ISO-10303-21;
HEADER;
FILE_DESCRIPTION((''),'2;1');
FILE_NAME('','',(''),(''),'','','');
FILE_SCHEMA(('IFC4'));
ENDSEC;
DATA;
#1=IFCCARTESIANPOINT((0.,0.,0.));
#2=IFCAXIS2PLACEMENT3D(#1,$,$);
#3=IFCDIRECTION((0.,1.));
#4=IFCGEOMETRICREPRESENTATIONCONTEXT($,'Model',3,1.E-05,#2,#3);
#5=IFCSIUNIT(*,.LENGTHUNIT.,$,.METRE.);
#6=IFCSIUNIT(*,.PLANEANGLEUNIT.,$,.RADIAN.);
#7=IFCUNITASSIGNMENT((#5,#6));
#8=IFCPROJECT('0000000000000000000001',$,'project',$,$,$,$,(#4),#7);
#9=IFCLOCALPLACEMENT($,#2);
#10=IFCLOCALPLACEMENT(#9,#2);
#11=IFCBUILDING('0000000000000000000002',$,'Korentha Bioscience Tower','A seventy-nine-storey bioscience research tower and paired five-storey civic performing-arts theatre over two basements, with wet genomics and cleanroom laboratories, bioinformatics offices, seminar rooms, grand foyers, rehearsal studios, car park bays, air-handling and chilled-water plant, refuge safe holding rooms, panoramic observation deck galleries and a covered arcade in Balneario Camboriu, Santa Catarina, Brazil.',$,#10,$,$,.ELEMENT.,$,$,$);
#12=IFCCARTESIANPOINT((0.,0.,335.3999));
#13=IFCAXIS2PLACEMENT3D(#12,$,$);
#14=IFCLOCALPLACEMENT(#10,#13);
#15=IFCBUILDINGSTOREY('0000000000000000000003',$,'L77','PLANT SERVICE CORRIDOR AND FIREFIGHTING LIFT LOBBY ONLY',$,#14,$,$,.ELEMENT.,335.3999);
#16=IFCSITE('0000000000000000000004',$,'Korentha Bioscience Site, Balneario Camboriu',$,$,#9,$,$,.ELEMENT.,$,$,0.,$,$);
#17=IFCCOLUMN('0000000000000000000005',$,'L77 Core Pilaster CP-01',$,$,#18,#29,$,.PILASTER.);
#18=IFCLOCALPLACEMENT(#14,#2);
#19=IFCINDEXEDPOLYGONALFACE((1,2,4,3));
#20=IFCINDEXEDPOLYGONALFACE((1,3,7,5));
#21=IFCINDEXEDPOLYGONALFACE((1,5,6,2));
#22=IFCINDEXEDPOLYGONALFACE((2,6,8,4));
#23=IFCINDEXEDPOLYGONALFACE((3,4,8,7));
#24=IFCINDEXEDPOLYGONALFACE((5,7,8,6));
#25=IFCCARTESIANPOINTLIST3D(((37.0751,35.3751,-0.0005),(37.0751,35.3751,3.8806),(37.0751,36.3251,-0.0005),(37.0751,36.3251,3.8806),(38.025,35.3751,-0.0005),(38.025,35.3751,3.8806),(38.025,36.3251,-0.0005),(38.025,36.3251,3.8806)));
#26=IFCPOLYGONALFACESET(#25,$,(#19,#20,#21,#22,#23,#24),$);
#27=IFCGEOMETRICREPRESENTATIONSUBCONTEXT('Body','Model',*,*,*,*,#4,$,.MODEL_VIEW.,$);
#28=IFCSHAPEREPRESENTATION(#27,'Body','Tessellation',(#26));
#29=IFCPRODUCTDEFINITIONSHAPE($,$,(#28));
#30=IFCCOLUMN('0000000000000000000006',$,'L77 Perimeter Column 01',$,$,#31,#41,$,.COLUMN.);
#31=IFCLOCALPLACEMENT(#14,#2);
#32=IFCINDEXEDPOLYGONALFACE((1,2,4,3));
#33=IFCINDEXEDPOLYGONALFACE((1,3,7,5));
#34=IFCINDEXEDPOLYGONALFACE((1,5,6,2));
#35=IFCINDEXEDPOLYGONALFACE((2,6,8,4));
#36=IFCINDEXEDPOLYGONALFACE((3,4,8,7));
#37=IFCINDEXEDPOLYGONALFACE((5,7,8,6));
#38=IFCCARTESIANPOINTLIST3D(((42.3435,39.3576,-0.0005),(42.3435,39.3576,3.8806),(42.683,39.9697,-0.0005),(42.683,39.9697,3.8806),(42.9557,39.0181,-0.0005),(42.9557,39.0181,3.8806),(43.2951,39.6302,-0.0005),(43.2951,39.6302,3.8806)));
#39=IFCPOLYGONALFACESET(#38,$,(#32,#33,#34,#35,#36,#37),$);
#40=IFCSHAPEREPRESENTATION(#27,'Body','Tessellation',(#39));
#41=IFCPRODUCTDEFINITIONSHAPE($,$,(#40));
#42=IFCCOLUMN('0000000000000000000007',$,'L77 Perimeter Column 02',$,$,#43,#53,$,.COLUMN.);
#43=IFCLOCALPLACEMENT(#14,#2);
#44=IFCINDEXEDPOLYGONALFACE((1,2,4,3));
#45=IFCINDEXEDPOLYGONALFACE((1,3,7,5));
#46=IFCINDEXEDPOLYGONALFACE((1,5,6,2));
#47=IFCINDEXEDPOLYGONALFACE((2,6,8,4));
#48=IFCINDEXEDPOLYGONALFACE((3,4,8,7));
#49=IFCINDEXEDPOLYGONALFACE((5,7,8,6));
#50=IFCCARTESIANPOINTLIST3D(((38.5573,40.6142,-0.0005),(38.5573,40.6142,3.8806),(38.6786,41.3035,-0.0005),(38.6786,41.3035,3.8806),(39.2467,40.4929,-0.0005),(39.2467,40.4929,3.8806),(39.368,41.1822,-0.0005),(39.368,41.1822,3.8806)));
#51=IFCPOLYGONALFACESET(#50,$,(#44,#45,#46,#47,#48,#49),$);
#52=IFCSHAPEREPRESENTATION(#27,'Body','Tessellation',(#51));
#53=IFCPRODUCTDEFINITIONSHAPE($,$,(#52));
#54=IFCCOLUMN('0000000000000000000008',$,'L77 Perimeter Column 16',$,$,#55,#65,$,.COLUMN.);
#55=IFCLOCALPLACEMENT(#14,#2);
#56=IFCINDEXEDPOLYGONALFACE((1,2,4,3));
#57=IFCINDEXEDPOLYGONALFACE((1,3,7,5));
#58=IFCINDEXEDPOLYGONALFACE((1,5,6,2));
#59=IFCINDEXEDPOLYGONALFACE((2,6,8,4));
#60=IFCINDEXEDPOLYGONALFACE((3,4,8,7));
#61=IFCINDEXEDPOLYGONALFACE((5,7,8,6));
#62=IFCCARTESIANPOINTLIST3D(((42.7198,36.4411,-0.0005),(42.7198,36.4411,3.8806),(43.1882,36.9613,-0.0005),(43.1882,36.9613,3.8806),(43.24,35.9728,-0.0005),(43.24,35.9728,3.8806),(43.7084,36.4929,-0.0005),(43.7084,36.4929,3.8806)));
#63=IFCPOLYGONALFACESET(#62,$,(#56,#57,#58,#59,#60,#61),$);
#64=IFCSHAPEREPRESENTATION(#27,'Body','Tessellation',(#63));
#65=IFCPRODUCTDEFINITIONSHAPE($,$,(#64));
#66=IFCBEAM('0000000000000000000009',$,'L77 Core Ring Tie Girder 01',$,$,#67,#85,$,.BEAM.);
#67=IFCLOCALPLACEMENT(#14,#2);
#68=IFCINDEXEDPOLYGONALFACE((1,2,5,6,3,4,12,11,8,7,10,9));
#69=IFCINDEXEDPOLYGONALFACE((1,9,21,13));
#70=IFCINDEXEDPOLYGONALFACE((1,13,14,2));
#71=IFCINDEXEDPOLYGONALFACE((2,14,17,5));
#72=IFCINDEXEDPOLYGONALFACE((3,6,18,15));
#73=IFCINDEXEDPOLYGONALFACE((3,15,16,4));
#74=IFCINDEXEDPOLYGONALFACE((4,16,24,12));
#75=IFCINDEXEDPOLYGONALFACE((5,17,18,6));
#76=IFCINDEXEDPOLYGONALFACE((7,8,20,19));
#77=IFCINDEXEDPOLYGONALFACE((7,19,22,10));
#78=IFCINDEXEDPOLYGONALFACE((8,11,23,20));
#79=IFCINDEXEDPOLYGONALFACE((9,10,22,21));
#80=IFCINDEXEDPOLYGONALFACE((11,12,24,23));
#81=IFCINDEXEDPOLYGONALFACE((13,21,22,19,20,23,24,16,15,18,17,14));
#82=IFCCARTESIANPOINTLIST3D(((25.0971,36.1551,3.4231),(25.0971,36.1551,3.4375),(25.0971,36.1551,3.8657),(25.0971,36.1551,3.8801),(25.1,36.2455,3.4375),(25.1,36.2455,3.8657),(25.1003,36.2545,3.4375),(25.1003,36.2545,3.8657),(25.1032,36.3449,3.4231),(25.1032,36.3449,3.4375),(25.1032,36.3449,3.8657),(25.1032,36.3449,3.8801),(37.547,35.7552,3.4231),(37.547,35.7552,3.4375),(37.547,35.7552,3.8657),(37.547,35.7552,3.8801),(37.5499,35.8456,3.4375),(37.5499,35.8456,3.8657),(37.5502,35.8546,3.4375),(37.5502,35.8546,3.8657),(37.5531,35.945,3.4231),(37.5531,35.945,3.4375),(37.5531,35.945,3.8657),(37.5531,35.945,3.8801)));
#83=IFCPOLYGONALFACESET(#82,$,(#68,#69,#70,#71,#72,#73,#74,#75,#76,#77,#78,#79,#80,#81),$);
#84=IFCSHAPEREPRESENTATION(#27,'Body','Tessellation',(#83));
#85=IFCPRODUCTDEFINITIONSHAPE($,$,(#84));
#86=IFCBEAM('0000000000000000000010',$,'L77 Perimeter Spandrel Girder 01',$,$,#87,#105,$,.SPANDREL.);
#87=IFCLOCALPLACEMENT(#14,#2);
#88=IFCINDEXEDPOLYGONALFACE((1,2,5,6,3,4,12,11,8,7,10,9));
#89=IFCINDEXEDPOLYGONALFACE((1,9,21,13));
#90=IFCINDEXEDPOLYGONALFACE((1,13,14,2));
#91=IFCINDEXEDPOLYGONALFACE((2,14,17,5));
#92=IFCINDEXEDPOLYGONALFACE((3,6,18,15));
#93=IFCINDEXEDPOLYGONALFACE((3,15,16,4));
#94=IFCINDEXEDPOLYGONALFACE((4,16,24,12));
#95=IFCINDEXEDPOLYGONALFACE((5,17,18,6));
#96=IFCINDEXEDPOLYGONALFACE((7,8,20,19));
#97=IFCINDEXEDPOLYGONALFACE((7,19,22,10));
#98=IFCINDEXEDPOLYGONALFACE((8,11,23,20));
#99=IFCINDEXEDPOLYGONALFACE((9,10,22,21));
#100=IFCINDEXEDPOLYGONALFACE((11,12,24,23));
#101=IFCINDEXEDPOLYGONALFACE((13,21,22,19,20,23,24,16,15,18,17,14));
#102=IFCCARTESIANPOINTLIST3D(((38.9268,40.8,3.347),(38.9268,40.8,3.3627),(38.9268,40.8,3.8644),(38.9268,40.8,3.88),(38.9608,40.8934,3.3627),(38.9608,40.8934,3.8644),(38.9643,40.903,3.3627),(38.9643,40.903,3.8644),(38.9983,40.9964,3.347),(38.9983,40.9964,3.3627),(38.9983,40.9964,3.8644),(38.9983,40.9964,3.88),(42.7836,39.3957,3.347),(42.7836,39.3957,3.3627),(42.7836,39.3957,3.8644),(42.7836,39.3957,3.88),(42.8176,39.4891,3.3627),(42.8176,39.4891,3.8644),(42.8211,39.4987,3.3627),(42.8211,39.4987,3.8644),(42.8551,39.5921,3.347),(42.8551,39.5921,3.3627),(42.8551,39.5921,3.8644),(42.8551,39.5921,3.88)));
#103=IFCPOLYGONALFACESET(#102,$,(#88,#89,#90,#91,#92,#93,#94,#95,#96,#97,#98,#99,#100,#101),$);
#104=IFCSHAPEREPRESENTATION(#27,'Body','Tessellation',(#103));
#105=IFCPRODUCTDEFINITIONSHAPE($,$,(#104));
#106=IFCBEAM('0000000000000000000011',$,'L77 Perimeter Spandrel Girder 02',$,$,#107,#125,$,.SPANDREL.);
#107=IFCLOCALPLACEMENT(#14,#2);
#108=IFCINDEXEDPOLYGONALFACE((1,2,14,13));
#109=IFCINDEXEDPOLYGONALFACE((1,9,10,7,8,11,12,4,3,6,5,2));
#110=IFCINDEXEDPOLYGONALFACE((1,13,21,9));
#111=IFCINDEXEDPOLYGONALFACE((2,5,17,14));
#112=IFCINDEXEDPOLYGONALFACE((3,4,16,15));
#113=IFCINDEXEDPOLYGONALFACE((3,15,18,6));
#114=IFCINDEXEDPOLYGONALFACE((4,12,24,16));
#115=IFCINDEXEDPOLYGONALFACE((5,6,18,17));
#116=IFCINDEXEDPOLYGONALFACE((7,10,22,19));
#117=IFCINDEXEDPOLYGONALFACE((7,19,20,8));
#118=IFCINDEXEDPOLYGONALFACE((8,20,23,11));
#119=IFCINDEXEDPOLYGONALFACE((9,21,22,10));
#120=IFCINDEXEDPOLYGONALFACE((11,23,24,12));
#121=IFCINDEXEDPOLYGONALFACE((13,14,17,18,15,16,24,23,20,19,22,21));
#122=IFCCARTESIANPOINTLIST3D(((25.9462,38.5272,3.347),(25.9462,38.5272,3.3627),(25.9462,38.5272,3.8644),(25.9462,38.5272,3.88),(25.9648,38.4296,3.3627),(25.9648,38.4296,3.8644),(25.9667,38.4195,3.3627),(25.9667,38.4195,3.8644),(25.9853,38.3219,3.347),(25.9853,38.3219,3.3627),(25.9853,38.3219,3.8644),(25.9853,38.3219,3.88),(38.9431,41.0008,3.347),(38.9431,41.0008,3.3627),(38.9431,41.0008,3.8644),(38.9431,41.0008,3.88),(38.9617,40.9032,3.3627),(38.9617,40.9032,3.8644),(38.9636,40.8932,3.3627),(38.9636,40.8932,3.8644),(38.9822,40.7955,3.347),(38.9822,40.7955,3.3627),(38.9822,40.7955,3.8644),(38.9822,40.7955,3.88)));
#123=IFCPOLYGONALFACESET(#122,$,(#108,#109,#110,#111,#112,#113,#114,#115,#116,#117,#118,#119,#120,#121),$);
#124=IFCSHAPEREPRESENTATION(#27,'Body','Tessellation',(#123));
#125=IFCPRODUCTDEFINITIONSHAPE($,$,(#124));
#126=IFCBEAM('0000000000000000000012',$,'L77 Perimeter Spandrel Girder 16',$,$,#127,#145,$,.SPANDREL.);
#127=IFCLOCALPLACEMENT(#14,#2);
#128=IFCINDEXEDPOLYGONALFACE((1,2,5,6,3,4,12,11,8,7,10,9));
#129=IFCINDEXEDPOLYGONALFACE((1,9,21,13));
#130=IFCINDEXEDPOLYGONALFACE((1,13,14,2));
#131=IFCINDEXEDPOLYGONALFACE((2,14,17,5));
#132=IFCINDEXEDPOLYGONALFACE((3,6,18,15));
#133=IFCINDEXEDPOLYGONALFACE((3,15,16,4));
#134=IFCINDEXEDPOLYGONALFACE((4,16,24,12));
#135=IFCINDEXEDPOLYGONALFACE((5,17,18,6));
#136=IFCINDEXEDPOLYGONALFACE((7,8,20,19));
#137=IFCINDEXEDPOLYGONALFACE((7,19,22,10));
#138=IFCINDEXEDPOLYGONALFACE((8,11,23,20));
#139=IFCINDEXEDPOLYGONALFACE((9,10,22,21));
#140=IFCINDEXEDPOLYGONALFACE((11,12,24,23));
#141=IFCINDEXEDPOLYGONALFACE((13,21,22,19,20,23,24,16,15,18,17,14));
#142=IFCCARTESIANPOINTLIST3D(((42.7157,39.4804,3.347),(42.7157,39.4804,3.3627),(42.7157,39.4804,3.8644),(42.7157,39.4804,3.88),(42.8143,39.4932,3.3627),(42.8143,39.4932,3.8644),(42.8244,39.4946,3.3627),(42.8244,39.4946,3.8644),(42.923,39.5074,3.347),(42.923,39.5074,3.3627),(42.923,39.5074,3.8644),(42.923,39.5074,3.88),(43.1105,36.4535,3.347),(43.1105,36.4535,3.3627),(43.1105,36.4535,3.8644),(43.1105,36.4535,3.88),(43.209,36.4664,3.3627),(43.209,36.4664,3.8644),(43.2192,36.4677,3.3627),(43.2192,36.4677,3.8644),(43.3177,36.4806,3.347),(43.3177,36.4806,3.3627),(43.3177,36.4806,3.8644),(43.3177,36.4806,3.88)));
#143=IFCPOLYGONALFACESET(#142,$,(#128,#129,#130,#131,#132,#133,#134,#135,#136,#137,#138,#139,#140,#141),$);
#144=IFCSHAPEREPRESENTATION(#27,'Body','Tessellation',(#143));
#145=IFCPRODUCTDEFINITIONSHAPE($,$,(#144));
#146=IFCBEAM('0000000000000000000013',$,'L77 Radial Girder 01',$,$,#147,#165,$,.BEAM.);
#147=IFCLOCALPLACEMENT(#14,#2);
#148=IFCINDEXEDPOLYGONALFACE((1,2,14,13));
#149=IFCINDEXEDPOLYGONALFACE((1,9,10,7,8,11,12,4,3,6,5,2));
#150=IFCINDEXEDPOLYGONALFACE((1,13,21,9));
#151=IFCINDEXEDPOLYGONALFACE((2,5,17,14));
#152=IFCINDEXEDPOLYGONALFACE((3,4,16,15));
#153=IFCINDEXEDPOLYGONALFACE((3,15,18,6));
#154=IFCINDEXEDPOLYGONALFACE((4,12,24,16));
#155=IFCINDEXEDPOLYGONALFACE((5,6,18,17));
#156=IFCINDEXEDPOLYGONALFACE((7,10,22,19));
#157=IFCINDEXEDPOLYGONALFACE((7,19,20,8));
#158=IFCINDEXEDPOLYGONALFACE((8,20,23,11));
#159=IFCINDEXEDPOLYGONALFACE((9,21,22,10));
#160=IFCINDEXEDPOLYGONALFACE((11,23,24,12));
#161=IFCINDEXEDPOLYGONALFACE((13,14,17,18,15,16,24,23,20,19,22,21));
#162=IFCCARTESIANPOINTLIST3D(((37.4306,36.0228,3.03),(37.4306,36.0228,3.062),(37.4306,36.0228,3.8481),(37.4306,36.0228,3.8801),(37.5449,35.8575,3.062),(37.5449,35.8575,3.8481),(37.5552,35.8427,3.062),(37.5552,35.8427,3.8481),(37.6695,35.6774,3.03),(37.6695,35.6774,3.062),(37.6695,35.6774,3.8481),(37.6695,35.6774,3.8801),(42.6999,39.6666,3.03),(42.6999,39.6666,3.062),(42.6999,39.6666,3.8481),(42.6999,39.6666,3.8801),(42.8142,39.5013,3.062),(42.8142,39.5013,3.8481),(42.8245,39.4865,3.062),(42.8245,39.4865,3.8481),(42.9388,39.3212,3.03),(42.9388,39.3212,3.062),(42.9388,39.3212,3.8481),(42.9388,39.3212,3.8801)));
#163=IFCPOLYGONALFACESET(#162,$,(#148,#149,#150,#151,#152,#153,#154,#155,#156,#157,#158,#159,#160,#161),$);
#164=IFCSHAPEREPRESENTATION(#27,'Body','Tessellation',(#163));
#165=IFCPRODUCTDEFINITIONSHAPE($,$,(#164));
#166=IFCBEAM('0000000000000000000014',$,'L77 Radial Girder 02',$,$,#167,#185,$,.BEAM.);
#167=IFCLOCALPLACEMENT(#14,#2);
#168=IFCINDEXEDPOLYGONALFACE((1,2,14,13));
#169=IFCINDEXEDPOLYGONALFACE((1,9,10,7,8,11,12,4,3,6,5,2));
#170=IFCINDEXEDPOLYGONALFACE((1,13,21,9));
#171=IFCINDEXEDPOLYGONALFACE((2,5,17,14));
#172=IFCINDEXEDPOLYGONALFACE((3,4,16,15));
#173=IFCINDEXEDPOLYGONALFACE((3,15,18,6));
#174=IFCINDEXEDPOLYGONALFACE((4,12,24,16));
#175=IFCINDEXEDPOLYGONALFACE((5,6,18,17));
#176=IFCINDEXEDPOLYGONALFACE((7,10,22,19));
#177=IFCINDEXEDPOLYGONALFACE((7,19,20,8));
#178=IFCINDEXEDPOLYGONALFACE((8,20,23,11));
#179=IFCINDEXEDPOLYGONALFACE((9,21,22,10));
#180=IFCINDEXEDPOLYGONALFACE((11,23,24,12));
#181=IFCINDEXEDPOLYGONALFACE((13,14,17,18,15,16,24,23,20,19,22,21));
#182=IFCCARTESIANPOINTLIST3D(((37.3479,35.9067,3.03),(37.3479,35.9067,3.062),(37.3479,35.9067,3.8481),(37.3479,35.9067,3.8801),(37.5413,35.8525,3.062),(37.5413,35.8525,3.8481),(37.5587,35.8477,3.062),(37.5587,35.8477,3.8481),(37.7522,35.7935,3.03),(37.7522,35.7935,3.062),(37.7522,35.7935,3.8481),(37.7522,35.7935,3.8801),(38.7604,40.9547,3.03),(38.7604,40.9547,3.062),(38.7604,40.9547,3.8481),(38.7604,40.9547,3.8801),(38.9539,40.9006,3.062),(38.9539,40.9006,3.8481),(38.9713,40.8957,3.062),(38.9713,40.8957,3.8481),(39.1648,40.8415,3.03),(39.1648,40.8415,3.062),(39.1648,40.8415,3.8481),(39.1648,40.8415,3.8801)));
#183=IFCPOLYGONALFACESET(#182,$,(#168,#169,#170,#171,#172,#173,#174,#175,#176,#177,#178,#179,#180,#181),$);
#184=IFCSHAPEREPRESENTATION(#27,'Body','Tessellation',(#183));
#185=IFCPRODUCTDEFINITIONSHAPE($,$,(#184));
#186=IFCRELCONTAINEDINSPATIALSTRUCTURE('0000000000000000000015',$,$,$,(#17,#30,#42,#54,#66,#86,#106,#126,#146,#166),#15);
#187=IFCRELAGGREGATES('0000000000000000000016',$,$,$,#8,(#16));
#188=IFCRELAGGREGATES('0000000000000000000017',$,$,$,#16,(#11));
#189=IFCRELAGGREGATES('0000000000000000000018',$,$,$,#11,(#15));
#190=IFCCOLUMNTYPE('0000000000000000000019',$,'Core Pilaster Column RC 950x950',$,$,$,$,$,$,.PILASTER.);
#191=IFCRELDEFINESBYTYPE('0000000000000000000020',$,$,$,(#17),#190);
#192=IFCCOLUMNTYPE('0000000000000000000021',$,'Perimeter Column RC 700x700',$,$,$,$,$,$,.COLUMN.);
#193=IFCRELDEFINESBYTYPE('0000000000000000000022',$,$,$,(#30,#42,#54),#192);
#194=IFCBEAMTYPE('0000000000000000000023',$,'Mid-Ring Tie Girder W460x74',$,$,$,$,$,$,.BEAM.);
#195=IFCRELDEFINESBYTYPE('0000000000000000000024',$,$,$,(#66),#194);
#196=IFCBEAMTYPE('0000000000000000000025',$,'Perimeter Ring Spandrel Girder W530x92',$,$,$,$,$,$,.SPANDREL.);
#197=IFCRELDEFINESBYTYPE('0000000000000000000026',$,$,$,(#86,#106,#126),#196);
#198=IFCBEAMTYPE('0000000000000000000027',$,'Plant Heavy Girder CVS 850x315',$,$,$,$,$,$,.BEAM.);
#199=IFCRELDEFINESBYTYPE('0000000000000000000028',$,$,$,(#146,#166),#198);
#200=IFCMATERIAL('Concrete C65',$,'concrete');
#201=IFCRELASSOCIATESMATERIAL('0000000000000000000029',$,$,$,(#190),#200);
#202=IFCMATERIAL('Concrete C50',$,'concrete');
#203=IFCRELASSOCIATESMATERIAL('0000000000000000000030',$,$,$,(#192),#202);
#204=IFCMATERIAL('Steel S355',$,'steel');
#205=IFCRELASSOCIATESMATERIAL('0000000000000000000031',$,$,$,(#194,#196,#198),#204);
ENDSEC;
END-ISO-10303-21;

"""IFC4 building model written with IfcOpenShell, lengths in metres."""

from ifc_helpers import new_model, si_unit, direction, frame, origin, origin_2d, place, context, subcontext, project, spatial, rectangle, i_section, extrude, material, material_profile, profile_set, type_object, element, save


model = new_model("IFC4")

# Units and contexts
model_context = context("Model", 3, precision=1e-05, world=origin(), true_north=direction((0.0, 1.0)))
body_context = subcontext(model_context, "Body", "Model", "MODEL_VIEW")
ifc_project = project(units=[si_unit("LENGTHUNIT", "METRE"), si_unit("PLANEANGLEUNIT", "RADIAN")], contexts=[model_context])

# Site, building, storey
site_placement = place(None, origin())
site = spatial("IfcSite", under=ifc_project, at=site_placement, Name="Korentha Bioscience Site, Balneario Camboriu", CompositionType="ELEMENT", RefElevation=0.0)
building_placement = place(site_placement, origin())
building = spatial("IfcBuilding", under=site, at=building_placement, Name="Korentha Bioscience Tower", Description="A seventy-nine-storey bioscience research tower and paired five-storey civic performing-arts theatre over two basements, with wet genomics and cleanroom laboratories, bioinformatics offices, seminar rooms, grand foyers, rehearsal studios, car park bays, air-handling and chilled-water plant, refuge safe holding rooms, panoramic observation deck galleries and a covered arcade in Balneario Camboriu, Santa Catarina, Brazil.", CompositionType="ELEMENT")
storey_placement = place(building_placement, frame((0.0, 0.0, 335.3999)))
storey = spatial("IfcBuildingStorey", under=building, at=storey_placement, Name="L77", Description="PLANT SERVICE CORRIDOR AND FIREFIGHTING LIFT LOBBY ONLY", CompositionType="ELEMENT", Elevation=335.3999)

# Columns
ifc_material_1 = material(Name="Concrete C65", Category="concrete")
ifc_material_profile_1 = material_profile(ifc_material_1, rectangle(XDim=0.95, YDim=0.95, at=origin_2d()), Name="Concrete C65")
ifc_profile_set_1 = profile_set([ifc_material_profile_1], Name="Concrete C65 (COL-CP09)")
column_type_1 = type_object("IfcColumnType", Name="Core Pilaster Column RC 950x950", PredefinedType="PILASTER", material=ifc_profile_set_1)
column_placement = place(storey_placement, frame((37.55, 35.8501, -0.0005), z_axis=(0.0, 0.0, 1.0), x_axis=(1.0, 0.0, 0.0)))
element("IfcColumn", 1, at=column_placement, inside=storey, type_object=column_type_1, Name="L77 Core Pilaster CP-01", PredefinedType="PILASTER", context=body_context, shape_type="SweptSolid", body=[
    extrude(rectangle(XDim=0.95, YDim=0.95, at=origin_2d()), origin(), (0.0, 0.0, 1.0), 3.8811),
])
ifc_material_2 = material(Name="Concrete C50", Category="concrete")
ifc_material_profile_2 = material_profile(ifc_material_2, rectangle(XDim=0.7, YDim=0.7, at=origin_2d()), Name="Concrete C50")
ifc_profile_set_2 = profile_set([ifc_material_profile_2], Name="Concrete C50 (COL-P07)")
column_type_2 = type_object("IfcColumnType", Name="Perimeter Column RC 700x700", PredefinedType="COLUMN", material=ifc_profile_set_2)
for number, where, z_axis, x_axis, name in (
    (2, (42.8193, 39.4939, -0.0005), (0.0, 0.0, 1.0), (-0.874535, 0.484962, 0.0), "L77 Perimeter Column 01"),
    (3, (38.9626, 40.8982, -0.0005), (0.0, 0.0, 1.0), (-0.984868, 0.173304, 0.0), "L77 Perimeter Column 02"),
    (4, (43.2141, 36.467, -0.0005), (0.0, 0.0, 1.0), (0.669131, 0.743145, 0.0), "L77 Perimeter Column 16"),
):
    element("IfcColumn", number, at=place(storey_placement, frame(where, z_axis=z_axis, x_axis=x_axis)), inside=storey, type_object=column_type_2, Name=name, PredefinedType="COLUMN", context=body_context, shape_type="SweptSolid", body=[
        extrude(rectangle(XDim=0.7, YDim=0.7, at=origin_2d()), origin(), (0.0, 0.0, 1.0), 3.8811),
    ])

# Beams
ifc_material_3 = material(Name="Steel S355", Category="steel")
ifc_material_profile_3 = material_profile(ifc_material_3, i_section(OverallWidth=0.1899, OverallDepth=0.457, WebThickness=0.009, FlangeThickness=0.0144, at=origin_2d()), Name="Steel S355")
ifc_profile_set_3 = profile_set([ifc_material_profile_3], Name="Steel S355 (MB-460)")
beam_type_1 = type_object("IfcBeamType", Name="Mid-Ring Tie Girder W460x74", PredefinedType="BEAM", material=ifc_profile_set_3)
beam_1_placement = place(storey_placement, frame((37.55, 35.8501, 3.6516), z_axis=(-0.999485, 0.032104, 0.0), x_axis=(-0.032104, -0.999485, 0.0)))
element("IfcBeam", 5, at=beam_1_placement, inside=storey, type_object=beam_type_1, Name="L77 Core Ring Tie Girder 01", PredefinedType="BEAM", context=body_context, shape_type="SweptSolid", body=[
    extrude(i_section(OverallWidth=0.1899, OverallDepth=0.457, WebThickness=0.009, FlangeThickness=0.0144, at=origin_2d()), origin(), (0.0, 0.0, 1.0), 12.4563),
])
ifc_material_profile_4 = material_profile(ifc_material_3, i_section(OverallWidth=0.209, OverallDepth=0.533, WebThickness=0.0103, FlangeThickness=0.0156, at=origin_2d()), Name="Steel S355")
ifc_profile_set_4 = profile_set([ifc_material_profile_4], Name="Steel S355 (SB-530)")
beam_type_2 = type_object("IfcBeamType", Name="Perimeter Ring Spandrel Girder W530x92", PredefinedType="SPANDREL", material=ifc_profile_set_4)
beam_2_placement = place(storey_placement, frame((42.8193, 39.4939, 3.6135), z_axis=(-0.939647, 0.342144, 0.0), x_axis=(-0.342144, -0.939647, 0.0)))
element("IfcBeam", 6, at=beam_2_placement, inside=storey, type_object=beam_type_2, Name="L77 Perimeter Spandrel Girder 01", PredefinedType="SPANDREL", context=body_context, shape_type="SweptSolid", body=[
    extrude(i_section(OverallWidth=0.209, OverallDepth=0.533, WebThickness=0.0103, FlangeThickness=0.0156, at=origin_2d()), origin(), (0.0, 0.0, 1.0), 4.1045),
])
beam_3_placement = place(storey_placement, frame((38.9626, 40.8982, 3.6135), z_axis=(-0.982366, -0.18697, 0.0), x_axis=(0.18697, -0.982366, 0.0)))
element("IfcBeam", 7, at=beam_3_placement, inside=storey, type_object=beam_type_2, Name="L77 Perimeter Spandrel Girder 02", PredefinedType="SPANDREL", context=body_context, shape_type="SweptSolid", body=[
    extrude(i_section(OverallWidth=0.209, OverallDepth=0.533, WebThickness=0.0103, FlangeThickness=0.0156, at=origin_2d()), origin(), (0.0, 0.0, 1.0), 13.2302),
])
beam_4_placement = place(storey_placement, frame((43.2141, 36.467, 3.6135), z_axis=(-0.129329, 0.991602, 0.0), x_axis=(-0.991602, -0.129329, 0.0)))
element("IfcBeam", 8, at=beam_4_placement, inside=storey, type_object=beam_type_2, Name="L77 Perimeter Spandrel Girder 16", PredefinedType="SPANDREL", context=body_context, shape_type="SweptSolid", body=[
    extrude(i_section(OverallWidth=0.209, OverallDepth=0.533, WebThickness=0.0103, FlangeThickness=0.0156, at=origin_2d()), origin(), (0.0, 0.0, 1.0), 3.0525),
])
ifc_material_profile_5 = material_profile(ifc_material_3, i_section(OverallWidth=0.4199, OverallDepth=0.8501, WebThickness=0.0181, FlangeThickness=0.032, at=origin_2d()), Name="Steel S355")
ifc_profile_set_5 = profile_set([ifc_material_profile_5], Name="Steel S355 (MB-850)")
beam_type_3 = type_object("IfcBeamType", Name="Plant Heavy Girder CVS 850x315", PredefinedType="BEAM", material=ifc_profile_set_5)
beam_5_placement = place(storey_placement, frame((37.55, 35.8501, 3.4551), z_axis=(0.822497, 0.56877, 0.0), x_axis=(-0.56877, 0.822497, 0.0)))
element("IfcBeam", 9, at=beam_5_placement, inside=storey, type_object=beam_type_3, Name="L77 Radial Girder 01", PredefinedType="BEAM", context=body_context, shape_type="SweptSolid", body=[
    extrude(i_section(OverallWidth=0.4199, OverallDepth=0.8501, WebThickness=0.0181, FlangeThickness=0.032, at=origin_2d()), origin(), (0.0, 0.0, 1.0), 6.4065),
])
beam_6_placement = place(storey_placement, frame((37.55, 35.8501, 3.4551), z_axis=(0.269476, 0.963007, 0.0), x_axis=(-0.963007, 0.269476, 0.0)))
element("IfcBeam", 10, at=beam_6_placement, inside=storey, type_object=beam_type_3, Name="L77 Radial Girder 02", PredefinedType="BEAM", context=body_context, shape_type="SweptSolid", body=[
    extrude(i_section(OverallWidth=0.4199, OverallDepth=0.8501, WebThickness=0.0181, FlangeThickness=0.032, at=origin_2d()), origin(), (0.0, 0.0, 1.0), 5.2419),
])

save(model, "model.ifc")
